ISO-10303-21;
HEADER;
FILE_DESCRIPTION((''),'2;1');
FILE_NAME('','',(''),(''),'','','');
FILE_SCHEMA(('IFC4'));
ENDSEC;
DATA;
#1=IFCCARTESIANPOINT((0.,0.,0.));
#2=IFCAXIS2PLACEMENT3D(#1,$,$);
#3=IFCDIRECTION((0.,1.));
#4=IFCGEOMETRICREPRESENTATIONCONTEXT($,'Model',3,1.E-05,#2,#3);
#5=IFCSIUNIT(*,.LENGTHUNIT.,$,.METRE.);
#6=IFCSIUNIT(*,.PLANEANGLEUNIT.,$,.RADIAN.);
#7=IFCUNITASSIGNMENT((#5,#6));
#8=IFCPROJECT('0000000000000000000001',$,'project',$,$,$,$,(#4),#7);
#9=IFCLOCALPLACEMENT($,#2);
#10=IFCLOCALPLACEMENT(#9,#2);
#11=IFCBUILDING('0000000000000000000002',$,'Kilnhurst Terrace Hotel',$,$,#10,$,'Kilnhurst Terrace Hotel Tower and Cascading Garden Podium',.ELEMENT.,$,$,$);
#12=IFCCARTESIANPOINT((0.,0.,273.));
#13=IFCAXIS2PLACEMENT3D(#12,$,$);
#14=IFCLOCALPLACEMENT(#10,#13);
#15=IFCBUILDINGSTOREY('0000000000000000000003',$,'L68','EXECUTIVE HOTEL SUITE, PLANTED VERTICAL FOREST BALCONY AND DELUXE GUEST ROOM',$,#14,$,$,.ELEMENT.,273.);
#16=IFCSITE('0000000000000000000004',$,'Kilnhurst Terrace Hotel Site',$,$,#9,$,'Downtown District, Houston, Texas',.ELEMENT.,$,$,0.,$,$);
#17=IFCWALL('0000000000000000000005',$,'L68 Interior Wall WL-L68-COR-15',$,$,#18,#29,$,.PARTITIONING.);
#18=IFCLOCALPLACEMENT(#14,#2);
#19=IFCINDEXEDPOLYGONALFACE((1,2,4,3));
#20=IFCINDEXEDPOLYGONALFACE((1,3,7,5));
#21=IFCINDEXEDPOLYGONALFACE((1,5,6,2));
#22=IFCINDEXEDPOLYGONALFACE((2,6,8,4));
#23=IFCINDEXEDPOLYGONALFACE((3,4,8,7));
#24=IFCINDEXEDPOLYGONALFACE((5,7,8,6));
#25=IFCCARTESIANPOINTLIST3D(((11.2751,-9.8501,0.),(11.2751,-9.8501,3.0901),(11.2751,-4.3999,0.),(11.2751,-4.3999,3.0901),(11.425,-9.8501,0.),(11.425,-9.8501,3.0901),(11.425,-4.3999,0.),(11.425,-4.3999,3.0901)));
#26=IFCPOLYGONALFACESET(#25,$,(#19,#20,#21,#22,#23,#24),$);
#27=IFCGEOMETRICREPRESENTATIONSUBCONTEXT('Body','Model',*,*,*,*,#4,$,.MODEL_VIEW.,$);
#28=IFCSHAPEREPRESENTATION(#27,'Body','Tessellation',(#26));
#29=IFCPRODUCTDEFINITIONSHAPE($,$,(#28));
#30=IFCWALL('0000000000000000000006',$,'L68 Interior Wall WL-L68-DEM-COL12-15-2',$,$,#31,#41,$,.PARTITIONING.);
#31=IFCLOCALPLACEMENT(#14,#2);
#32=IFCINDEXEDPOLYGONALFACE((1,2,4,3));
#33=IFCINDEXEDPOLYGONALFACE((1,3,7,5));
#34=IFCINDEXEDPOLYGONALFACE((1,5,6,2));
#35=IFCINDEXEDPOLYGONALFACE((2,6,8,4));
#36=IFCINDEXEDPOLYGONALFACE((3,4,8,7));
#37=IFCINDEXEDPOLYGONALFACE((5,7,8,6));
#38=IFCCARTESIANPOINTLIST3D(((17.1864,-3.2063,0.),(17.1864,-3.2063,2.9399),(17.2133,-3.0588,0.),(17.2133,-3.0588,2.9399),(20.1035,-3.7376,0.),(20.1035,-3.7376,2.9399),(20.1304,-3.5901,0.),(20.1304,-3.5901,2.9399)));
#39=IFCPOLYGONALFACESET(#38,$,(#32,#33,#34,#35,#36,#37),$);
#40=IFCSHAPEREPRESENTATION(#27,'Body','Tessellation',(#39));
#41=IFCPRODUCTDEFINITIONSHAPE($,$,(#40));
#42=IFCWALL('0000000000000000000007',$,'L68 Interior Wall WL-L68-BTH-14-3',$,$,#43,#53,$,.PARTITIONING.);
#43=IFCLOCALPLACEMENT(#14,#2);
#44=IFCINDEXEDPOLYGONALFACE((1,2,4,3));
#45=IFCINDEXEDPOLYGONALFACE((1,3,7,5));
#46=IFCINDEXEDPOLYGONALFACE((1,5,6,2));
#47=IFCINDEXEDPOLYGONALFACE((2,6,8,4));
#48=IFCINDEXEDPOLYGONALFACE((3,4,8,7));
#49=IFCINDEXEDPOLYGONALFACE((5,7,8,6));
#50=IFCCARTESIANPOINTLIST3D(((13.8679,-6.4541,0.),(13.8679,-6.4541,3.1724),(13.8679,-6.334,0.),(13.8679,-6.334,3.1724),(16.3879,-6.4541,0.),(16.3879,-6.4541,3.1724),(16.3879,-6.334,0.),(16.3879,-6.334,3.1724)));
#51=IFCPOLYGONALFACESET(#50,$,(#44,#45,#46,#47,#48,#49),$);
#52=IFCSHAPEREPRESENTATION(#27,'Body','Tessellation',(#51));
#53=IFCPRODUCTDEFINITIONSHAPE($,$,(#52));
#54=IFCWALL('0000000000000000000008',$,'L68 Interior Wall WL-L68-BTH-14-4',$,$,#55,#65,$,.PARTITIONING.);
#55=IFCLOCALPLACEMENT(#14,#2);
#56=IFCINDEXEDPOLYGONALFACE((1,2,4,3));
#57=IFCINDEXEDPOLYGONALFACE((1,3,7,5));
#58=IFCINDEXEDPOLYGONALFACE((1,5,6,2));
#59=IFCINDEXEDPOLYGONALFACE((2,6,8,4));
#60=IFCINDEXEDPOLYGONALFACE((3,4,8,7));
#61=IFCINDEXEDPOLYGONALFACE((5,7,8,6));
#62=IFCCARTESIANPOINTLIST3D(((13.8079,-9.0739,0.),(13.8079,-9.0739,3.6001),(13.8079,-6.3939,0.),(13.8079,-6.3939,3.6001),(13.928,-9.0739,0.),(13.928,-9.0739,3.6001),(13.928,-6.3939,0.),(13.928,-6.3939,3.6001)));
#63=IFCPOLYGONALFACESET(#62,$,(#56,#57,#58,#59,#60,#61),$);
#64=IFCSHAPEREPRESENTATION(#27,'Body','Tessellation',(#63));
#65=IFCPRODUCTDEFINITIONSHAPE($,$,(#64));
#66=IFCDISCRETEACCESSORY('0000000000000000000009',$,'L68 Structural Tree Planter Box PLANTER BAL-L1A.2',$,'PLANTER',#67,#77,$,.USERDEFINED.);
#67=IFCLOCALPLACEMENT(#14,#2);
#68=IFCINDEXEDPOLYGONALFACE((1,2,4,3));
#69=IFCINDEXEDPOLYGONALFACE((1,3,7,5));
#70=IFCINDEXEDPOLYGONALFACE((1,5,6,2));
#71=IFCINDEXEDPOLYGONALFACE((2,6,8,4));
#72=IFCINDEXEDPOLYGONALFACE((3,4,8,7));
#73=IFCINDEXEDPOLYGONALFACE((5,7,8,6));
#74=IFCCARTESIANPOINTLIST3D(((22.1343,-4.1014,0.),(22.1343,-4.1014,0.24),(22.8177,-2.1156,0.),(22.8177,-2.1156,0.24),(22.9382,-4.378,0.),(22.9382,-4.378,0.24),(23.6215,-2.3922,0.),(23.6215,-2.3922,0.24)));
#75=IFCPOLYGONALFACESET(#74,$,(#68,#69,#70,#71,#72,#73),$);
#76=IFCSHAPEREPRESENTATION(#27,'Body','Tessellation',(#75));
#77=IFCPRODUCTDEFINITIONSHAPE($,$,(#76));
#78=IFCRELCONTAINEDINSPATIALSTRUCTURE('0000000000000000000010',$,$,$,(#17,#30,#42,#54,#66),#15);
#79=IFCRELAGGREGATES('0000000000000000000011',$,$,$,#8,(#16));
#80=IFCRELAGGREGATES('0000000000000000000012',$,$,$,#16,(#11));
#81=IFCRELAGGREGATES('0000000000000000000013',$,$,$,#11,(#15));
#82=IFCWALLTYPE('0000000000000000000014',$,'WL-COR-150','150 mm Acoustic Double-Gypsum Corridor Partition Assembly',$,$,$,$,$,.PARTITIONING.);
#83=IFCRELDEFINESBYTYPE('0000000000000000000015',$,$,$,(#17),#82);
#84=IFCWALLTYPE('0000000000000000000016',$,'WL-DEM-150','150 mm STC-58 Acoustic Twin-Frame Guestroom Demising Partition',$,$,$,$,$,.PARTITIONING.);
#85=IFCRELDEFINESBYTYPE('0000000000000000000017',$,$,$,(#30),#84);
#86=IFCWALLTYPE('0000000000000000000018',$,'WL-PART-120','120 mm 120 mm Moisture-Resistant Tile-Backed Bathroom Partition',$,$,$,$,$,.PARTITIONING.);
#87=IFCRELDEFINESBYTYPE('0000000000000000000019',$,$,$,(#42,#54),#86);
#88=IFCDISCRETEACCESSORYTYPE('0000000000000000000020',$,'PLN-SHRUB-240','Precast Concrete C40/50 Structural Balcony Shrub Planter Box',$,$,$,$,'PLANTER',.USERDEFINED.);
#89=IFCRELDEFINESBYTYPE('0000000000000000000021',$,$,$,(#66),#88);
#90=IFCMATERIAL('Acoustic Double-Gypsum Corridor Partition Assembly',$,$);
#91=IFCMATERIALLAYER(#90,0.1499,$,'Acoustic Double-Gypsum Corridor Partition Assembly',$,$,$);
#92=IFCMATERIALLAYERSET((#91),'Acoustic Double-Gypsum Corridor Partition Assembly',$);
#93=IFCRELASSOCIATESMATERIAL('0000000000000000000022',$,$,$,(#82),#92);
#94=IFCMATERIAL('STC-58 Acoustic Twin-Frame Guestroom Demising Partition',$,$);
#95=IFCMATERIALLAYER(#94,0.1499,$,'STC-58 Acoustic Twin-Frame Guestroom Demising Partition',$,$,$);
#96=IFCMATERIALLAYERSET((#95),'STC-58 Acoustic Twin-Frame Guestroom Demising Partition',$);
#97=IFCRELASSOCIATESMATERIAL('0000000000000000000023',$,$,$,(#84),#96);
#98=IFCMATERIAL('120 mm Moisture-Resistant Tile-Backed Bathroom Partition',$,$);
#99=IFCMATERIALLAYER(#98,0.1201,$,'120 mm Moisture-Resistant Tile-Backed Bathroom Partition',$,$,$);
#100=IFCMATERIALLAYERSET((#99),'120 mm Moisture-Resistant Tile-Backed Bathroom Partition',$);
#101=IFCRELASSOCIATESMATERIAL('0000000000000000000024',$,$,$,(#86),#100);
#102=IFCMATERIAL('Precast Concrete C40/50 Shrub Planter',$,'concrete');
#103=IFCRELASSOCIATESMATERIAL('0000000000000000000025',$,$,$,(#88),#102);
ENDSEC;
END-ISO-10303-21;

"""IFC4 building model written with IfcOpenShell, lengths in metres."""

from ifc_helpers import new_model, si_unit, direction, frame, frame_2d, origin, origin_2d, place, context, subcontext, project, spatial, rectangle, extrude, material, layer, layer_set, type_object, element, save


model = new_model("IFC4")

# Units and contexts
model_context = context("Model", 3, precision=1e-05, world=origin(), true_north=direction((0.0, 1.0)))
body_context = subcontext(model_context, "Body", "Model", "MODEL_VIEW")
ifc_project = project(units=[si_unit("LENGTHUNIT", "METRE"), si_unit("PLANEANGLEUNIT", "RADIAN")], contexts=[model_context])

# Site, building, storey
site_placement = place(None, origin())
site = spatial("IfcSite", under=ifc_project, at=site_placement, Name="Kilnhurst Terrace Hotel Site", LongName="Downtown District, Houston, Texas", CompositionType="ELEMENT", RefElevation=0.0)
building_placement = place(site_placement, origin())
building = spatial("IfcBuilding", under=site, at=building_placement, Name="Kilnhurst Terrace Hotel", LongName="Kilnhurst Terrace Hotel Tower and Cascading Garden Podium", CompositionType="ELEMENT")
storey_placement = place(building_placement, frame((0.0, 0.0, 273.0)))
storey = spatial("IfcBuildingStorey", under=building, at=storey_placement, Name="L68", Description="EXECUTIVE HOTEL SUITE, PLANTED VERTICAL FOREST BALCONY AND DELUXE GUEST ROOM", CompositionType="ELEMENT", Elevation=273.0)

# Shared definitions
ifc_material_1 = material(Name="Acoustic Double-Gypsum Corridor Partition Assembly")
ifc_layer_1 = layer(ifc_material_1, 0.1499, Name="Acoustic Double-Gypsum Corridor Partition Assembly")
ifc_layer_set_1 = layer_set([ifc_layer_1], Name="Acoustic Double-Gypsum Corridor Partition Assembly")
wall_type_1 = type_object("IfcWallType", Name="WL-COR-150", Description="150 mm Acoustic Double-Gypsum Corridor Partition Assembly", PredefinedType="PARTITIONING", material=ifc_layer_set_1)

# Wall
wall_1_placement = place(storey_placement, frame((11.3501, -4.3999, 0.0), z_axis=(0.0, 0.0, 1.0), x_axis=(0.0, -1.0, 0.0)))
element("IfcWall", 1, at=wall_1_placement, inside=storey, type_object=wall_type_1, Name="L68 Interior Wall WL-L68-COR-15", PredefinedType="PARTITIONING", context=body_context, shape_type="SweptSolid", body=[
    extrude(rectangle(XDim=5.4502, YDim=0.1499, at=frame_2d((2.7251, 0.0))), origin(), (0.0, 0.0, 1.0), 3.0901),
])

# Walls
ifc_material_2 = material(Name="STC-58 Acoustic Twin-Frame Guestroom Demising Partition")
ifc_layer_2 = layer(ifc_material_2, 0.1499, Name="STC-58 Acoustic Twin-Frame Guestroom Demising Partition")
ifc_layer_set_2 = layer_set([ifc_layer_2], Name="STC-58 Acoustic Twin-Frame Guestroom Demising Partition")
wall_type_2 = type_object("IfcWallType", Name="WL-DEM-150", Description="150 mm STC-58 Acoustic Twin-Frame Guestroom Demising Partition", PredefinedType="PARTITIONING", material=ifc_layer_set_2)
wall_2_placement = place(storey_placement, frame((17.2, -3.1326, 0.0), z_axis=(0.0, 0.0, 1.0), x_axis=(0.983817, -0.179175, 0.0)))
element("IfcWall", 2, at=wall_2_placement, inside=storey, type_object=wall_type_2, Name="L68 Interior Wall WL-L68-DEM-COL12-15-2", PredefinedType="PARTITIONING", context=body_context, shape_type="SweptSolid", body=[
    extrude(rectangle(XDim=2.9651, YDim=0.1499, at=frame_2d((1.4824, 0.0))), origin(), (0.0, 0.0, 1.0), 2.9399),
])
ifc_material_3 = material(Name="120 mm Moisture-Resistant Tile-Backed Bathroom Partition")
ifc_layer_3 = layer(ifc_material_3, 0.1201, Name="120 mm Moisture-Resistant Tile-Backed Bathroom Partition")
ifc_layer_set_3 = layer_set([ifc_layer_3], Name="120 mm Moisture-Resistant Tile-Backed Bathroom Partition")
wall_type_3 = type_object("IfcWallType", Name="WL-PART-120", Description="120 mm 120 mm Moisture-Resistant Tile-Backed Bathroom Partition", PredefinedType="PARTITIONING", material=ifc_layer_set_3)
wall_3_placement = place(storey_placement, frame((16.3879, -6.394, 0.0), z_axis=(0.0, 0.0, 1.0), x_axis=(-1.0, 0.0, 0.0)))
element("IfcWall", 3, at=wall_3_placement, inside=storey, type_object=wall_type_3, Name="L68 Interior Wall WL-L68-BTH-14-3", PredefinedType="PARTITIONING", context=body_context, shape_type="SweptSolid", body=[
    extrude(rectangle(XDim=2.52, YDim=0.1201, at=frame_2d((1.26, 0.0))), origin(), (0.0, 0.0, 1.0), 3.1724),
])
wall_4_placement = place(storey_placement, frame((13.8679, -6.394, 0.0), z_axis=(0.0, 0.0, 1.0), x_axis=(0.0, -1.0, 0.0)))
element("IfcWall", 4, at=wall_4_placement, inside=storey, type_object=wall_type_3, Name="L68 Interior Wall WL-L68-BTH-14-4", PredefinedType="PARTITIONING", context=body_context, shape_type="SweptSolid", body=[
    extrude(rectangle(XDim=2.6799, YDim=0.1201, at=frame_2d((1.3398, 0.0))), origin(), (0.0, 0.0, 1.0), 3.6001),
])

# Discrete accessory
ifc_material_4 = material(Name="Precast Concrete C40/50 Shrub Planter", Category="concrete")
discrete_accessory_type = type_object("IfcDiscreteAccessoryType", Name="PLN-SHRUB-240", Description="Precast Concrete C40/50 Structural Balcony Shrub Planter Box", ElementType="PLANTER", PredefinedType="USERDEFINED", material=ifc_material_4)
discrete_accessory_placement = place(storey_placement, frame((22.8779, -3.2468, 0.0), z_axis=(0.0, 0.0, 1.0), x_axis=(0.325403, 0.945575, 0.0)))
element("IfcDiscreteAccessory", 5, at=discrete_accessory_placement, inside=storey, type_object=discrete_accessory_type, Name="L68 Structural Tree Planter Box PLANTER BAL-L1A.2", ObjectType="PLANTER", PredefinedType="USERDEFINED", context=body_context, shape_type="SweptSolid", body=[
    extrude(rectangle(XDim=2.1001, YDim=0.8501, at=origin_2d()), origin(), (0.0, 0.0, 1.0), 0.24),
])

save(model, "model.ifc")
